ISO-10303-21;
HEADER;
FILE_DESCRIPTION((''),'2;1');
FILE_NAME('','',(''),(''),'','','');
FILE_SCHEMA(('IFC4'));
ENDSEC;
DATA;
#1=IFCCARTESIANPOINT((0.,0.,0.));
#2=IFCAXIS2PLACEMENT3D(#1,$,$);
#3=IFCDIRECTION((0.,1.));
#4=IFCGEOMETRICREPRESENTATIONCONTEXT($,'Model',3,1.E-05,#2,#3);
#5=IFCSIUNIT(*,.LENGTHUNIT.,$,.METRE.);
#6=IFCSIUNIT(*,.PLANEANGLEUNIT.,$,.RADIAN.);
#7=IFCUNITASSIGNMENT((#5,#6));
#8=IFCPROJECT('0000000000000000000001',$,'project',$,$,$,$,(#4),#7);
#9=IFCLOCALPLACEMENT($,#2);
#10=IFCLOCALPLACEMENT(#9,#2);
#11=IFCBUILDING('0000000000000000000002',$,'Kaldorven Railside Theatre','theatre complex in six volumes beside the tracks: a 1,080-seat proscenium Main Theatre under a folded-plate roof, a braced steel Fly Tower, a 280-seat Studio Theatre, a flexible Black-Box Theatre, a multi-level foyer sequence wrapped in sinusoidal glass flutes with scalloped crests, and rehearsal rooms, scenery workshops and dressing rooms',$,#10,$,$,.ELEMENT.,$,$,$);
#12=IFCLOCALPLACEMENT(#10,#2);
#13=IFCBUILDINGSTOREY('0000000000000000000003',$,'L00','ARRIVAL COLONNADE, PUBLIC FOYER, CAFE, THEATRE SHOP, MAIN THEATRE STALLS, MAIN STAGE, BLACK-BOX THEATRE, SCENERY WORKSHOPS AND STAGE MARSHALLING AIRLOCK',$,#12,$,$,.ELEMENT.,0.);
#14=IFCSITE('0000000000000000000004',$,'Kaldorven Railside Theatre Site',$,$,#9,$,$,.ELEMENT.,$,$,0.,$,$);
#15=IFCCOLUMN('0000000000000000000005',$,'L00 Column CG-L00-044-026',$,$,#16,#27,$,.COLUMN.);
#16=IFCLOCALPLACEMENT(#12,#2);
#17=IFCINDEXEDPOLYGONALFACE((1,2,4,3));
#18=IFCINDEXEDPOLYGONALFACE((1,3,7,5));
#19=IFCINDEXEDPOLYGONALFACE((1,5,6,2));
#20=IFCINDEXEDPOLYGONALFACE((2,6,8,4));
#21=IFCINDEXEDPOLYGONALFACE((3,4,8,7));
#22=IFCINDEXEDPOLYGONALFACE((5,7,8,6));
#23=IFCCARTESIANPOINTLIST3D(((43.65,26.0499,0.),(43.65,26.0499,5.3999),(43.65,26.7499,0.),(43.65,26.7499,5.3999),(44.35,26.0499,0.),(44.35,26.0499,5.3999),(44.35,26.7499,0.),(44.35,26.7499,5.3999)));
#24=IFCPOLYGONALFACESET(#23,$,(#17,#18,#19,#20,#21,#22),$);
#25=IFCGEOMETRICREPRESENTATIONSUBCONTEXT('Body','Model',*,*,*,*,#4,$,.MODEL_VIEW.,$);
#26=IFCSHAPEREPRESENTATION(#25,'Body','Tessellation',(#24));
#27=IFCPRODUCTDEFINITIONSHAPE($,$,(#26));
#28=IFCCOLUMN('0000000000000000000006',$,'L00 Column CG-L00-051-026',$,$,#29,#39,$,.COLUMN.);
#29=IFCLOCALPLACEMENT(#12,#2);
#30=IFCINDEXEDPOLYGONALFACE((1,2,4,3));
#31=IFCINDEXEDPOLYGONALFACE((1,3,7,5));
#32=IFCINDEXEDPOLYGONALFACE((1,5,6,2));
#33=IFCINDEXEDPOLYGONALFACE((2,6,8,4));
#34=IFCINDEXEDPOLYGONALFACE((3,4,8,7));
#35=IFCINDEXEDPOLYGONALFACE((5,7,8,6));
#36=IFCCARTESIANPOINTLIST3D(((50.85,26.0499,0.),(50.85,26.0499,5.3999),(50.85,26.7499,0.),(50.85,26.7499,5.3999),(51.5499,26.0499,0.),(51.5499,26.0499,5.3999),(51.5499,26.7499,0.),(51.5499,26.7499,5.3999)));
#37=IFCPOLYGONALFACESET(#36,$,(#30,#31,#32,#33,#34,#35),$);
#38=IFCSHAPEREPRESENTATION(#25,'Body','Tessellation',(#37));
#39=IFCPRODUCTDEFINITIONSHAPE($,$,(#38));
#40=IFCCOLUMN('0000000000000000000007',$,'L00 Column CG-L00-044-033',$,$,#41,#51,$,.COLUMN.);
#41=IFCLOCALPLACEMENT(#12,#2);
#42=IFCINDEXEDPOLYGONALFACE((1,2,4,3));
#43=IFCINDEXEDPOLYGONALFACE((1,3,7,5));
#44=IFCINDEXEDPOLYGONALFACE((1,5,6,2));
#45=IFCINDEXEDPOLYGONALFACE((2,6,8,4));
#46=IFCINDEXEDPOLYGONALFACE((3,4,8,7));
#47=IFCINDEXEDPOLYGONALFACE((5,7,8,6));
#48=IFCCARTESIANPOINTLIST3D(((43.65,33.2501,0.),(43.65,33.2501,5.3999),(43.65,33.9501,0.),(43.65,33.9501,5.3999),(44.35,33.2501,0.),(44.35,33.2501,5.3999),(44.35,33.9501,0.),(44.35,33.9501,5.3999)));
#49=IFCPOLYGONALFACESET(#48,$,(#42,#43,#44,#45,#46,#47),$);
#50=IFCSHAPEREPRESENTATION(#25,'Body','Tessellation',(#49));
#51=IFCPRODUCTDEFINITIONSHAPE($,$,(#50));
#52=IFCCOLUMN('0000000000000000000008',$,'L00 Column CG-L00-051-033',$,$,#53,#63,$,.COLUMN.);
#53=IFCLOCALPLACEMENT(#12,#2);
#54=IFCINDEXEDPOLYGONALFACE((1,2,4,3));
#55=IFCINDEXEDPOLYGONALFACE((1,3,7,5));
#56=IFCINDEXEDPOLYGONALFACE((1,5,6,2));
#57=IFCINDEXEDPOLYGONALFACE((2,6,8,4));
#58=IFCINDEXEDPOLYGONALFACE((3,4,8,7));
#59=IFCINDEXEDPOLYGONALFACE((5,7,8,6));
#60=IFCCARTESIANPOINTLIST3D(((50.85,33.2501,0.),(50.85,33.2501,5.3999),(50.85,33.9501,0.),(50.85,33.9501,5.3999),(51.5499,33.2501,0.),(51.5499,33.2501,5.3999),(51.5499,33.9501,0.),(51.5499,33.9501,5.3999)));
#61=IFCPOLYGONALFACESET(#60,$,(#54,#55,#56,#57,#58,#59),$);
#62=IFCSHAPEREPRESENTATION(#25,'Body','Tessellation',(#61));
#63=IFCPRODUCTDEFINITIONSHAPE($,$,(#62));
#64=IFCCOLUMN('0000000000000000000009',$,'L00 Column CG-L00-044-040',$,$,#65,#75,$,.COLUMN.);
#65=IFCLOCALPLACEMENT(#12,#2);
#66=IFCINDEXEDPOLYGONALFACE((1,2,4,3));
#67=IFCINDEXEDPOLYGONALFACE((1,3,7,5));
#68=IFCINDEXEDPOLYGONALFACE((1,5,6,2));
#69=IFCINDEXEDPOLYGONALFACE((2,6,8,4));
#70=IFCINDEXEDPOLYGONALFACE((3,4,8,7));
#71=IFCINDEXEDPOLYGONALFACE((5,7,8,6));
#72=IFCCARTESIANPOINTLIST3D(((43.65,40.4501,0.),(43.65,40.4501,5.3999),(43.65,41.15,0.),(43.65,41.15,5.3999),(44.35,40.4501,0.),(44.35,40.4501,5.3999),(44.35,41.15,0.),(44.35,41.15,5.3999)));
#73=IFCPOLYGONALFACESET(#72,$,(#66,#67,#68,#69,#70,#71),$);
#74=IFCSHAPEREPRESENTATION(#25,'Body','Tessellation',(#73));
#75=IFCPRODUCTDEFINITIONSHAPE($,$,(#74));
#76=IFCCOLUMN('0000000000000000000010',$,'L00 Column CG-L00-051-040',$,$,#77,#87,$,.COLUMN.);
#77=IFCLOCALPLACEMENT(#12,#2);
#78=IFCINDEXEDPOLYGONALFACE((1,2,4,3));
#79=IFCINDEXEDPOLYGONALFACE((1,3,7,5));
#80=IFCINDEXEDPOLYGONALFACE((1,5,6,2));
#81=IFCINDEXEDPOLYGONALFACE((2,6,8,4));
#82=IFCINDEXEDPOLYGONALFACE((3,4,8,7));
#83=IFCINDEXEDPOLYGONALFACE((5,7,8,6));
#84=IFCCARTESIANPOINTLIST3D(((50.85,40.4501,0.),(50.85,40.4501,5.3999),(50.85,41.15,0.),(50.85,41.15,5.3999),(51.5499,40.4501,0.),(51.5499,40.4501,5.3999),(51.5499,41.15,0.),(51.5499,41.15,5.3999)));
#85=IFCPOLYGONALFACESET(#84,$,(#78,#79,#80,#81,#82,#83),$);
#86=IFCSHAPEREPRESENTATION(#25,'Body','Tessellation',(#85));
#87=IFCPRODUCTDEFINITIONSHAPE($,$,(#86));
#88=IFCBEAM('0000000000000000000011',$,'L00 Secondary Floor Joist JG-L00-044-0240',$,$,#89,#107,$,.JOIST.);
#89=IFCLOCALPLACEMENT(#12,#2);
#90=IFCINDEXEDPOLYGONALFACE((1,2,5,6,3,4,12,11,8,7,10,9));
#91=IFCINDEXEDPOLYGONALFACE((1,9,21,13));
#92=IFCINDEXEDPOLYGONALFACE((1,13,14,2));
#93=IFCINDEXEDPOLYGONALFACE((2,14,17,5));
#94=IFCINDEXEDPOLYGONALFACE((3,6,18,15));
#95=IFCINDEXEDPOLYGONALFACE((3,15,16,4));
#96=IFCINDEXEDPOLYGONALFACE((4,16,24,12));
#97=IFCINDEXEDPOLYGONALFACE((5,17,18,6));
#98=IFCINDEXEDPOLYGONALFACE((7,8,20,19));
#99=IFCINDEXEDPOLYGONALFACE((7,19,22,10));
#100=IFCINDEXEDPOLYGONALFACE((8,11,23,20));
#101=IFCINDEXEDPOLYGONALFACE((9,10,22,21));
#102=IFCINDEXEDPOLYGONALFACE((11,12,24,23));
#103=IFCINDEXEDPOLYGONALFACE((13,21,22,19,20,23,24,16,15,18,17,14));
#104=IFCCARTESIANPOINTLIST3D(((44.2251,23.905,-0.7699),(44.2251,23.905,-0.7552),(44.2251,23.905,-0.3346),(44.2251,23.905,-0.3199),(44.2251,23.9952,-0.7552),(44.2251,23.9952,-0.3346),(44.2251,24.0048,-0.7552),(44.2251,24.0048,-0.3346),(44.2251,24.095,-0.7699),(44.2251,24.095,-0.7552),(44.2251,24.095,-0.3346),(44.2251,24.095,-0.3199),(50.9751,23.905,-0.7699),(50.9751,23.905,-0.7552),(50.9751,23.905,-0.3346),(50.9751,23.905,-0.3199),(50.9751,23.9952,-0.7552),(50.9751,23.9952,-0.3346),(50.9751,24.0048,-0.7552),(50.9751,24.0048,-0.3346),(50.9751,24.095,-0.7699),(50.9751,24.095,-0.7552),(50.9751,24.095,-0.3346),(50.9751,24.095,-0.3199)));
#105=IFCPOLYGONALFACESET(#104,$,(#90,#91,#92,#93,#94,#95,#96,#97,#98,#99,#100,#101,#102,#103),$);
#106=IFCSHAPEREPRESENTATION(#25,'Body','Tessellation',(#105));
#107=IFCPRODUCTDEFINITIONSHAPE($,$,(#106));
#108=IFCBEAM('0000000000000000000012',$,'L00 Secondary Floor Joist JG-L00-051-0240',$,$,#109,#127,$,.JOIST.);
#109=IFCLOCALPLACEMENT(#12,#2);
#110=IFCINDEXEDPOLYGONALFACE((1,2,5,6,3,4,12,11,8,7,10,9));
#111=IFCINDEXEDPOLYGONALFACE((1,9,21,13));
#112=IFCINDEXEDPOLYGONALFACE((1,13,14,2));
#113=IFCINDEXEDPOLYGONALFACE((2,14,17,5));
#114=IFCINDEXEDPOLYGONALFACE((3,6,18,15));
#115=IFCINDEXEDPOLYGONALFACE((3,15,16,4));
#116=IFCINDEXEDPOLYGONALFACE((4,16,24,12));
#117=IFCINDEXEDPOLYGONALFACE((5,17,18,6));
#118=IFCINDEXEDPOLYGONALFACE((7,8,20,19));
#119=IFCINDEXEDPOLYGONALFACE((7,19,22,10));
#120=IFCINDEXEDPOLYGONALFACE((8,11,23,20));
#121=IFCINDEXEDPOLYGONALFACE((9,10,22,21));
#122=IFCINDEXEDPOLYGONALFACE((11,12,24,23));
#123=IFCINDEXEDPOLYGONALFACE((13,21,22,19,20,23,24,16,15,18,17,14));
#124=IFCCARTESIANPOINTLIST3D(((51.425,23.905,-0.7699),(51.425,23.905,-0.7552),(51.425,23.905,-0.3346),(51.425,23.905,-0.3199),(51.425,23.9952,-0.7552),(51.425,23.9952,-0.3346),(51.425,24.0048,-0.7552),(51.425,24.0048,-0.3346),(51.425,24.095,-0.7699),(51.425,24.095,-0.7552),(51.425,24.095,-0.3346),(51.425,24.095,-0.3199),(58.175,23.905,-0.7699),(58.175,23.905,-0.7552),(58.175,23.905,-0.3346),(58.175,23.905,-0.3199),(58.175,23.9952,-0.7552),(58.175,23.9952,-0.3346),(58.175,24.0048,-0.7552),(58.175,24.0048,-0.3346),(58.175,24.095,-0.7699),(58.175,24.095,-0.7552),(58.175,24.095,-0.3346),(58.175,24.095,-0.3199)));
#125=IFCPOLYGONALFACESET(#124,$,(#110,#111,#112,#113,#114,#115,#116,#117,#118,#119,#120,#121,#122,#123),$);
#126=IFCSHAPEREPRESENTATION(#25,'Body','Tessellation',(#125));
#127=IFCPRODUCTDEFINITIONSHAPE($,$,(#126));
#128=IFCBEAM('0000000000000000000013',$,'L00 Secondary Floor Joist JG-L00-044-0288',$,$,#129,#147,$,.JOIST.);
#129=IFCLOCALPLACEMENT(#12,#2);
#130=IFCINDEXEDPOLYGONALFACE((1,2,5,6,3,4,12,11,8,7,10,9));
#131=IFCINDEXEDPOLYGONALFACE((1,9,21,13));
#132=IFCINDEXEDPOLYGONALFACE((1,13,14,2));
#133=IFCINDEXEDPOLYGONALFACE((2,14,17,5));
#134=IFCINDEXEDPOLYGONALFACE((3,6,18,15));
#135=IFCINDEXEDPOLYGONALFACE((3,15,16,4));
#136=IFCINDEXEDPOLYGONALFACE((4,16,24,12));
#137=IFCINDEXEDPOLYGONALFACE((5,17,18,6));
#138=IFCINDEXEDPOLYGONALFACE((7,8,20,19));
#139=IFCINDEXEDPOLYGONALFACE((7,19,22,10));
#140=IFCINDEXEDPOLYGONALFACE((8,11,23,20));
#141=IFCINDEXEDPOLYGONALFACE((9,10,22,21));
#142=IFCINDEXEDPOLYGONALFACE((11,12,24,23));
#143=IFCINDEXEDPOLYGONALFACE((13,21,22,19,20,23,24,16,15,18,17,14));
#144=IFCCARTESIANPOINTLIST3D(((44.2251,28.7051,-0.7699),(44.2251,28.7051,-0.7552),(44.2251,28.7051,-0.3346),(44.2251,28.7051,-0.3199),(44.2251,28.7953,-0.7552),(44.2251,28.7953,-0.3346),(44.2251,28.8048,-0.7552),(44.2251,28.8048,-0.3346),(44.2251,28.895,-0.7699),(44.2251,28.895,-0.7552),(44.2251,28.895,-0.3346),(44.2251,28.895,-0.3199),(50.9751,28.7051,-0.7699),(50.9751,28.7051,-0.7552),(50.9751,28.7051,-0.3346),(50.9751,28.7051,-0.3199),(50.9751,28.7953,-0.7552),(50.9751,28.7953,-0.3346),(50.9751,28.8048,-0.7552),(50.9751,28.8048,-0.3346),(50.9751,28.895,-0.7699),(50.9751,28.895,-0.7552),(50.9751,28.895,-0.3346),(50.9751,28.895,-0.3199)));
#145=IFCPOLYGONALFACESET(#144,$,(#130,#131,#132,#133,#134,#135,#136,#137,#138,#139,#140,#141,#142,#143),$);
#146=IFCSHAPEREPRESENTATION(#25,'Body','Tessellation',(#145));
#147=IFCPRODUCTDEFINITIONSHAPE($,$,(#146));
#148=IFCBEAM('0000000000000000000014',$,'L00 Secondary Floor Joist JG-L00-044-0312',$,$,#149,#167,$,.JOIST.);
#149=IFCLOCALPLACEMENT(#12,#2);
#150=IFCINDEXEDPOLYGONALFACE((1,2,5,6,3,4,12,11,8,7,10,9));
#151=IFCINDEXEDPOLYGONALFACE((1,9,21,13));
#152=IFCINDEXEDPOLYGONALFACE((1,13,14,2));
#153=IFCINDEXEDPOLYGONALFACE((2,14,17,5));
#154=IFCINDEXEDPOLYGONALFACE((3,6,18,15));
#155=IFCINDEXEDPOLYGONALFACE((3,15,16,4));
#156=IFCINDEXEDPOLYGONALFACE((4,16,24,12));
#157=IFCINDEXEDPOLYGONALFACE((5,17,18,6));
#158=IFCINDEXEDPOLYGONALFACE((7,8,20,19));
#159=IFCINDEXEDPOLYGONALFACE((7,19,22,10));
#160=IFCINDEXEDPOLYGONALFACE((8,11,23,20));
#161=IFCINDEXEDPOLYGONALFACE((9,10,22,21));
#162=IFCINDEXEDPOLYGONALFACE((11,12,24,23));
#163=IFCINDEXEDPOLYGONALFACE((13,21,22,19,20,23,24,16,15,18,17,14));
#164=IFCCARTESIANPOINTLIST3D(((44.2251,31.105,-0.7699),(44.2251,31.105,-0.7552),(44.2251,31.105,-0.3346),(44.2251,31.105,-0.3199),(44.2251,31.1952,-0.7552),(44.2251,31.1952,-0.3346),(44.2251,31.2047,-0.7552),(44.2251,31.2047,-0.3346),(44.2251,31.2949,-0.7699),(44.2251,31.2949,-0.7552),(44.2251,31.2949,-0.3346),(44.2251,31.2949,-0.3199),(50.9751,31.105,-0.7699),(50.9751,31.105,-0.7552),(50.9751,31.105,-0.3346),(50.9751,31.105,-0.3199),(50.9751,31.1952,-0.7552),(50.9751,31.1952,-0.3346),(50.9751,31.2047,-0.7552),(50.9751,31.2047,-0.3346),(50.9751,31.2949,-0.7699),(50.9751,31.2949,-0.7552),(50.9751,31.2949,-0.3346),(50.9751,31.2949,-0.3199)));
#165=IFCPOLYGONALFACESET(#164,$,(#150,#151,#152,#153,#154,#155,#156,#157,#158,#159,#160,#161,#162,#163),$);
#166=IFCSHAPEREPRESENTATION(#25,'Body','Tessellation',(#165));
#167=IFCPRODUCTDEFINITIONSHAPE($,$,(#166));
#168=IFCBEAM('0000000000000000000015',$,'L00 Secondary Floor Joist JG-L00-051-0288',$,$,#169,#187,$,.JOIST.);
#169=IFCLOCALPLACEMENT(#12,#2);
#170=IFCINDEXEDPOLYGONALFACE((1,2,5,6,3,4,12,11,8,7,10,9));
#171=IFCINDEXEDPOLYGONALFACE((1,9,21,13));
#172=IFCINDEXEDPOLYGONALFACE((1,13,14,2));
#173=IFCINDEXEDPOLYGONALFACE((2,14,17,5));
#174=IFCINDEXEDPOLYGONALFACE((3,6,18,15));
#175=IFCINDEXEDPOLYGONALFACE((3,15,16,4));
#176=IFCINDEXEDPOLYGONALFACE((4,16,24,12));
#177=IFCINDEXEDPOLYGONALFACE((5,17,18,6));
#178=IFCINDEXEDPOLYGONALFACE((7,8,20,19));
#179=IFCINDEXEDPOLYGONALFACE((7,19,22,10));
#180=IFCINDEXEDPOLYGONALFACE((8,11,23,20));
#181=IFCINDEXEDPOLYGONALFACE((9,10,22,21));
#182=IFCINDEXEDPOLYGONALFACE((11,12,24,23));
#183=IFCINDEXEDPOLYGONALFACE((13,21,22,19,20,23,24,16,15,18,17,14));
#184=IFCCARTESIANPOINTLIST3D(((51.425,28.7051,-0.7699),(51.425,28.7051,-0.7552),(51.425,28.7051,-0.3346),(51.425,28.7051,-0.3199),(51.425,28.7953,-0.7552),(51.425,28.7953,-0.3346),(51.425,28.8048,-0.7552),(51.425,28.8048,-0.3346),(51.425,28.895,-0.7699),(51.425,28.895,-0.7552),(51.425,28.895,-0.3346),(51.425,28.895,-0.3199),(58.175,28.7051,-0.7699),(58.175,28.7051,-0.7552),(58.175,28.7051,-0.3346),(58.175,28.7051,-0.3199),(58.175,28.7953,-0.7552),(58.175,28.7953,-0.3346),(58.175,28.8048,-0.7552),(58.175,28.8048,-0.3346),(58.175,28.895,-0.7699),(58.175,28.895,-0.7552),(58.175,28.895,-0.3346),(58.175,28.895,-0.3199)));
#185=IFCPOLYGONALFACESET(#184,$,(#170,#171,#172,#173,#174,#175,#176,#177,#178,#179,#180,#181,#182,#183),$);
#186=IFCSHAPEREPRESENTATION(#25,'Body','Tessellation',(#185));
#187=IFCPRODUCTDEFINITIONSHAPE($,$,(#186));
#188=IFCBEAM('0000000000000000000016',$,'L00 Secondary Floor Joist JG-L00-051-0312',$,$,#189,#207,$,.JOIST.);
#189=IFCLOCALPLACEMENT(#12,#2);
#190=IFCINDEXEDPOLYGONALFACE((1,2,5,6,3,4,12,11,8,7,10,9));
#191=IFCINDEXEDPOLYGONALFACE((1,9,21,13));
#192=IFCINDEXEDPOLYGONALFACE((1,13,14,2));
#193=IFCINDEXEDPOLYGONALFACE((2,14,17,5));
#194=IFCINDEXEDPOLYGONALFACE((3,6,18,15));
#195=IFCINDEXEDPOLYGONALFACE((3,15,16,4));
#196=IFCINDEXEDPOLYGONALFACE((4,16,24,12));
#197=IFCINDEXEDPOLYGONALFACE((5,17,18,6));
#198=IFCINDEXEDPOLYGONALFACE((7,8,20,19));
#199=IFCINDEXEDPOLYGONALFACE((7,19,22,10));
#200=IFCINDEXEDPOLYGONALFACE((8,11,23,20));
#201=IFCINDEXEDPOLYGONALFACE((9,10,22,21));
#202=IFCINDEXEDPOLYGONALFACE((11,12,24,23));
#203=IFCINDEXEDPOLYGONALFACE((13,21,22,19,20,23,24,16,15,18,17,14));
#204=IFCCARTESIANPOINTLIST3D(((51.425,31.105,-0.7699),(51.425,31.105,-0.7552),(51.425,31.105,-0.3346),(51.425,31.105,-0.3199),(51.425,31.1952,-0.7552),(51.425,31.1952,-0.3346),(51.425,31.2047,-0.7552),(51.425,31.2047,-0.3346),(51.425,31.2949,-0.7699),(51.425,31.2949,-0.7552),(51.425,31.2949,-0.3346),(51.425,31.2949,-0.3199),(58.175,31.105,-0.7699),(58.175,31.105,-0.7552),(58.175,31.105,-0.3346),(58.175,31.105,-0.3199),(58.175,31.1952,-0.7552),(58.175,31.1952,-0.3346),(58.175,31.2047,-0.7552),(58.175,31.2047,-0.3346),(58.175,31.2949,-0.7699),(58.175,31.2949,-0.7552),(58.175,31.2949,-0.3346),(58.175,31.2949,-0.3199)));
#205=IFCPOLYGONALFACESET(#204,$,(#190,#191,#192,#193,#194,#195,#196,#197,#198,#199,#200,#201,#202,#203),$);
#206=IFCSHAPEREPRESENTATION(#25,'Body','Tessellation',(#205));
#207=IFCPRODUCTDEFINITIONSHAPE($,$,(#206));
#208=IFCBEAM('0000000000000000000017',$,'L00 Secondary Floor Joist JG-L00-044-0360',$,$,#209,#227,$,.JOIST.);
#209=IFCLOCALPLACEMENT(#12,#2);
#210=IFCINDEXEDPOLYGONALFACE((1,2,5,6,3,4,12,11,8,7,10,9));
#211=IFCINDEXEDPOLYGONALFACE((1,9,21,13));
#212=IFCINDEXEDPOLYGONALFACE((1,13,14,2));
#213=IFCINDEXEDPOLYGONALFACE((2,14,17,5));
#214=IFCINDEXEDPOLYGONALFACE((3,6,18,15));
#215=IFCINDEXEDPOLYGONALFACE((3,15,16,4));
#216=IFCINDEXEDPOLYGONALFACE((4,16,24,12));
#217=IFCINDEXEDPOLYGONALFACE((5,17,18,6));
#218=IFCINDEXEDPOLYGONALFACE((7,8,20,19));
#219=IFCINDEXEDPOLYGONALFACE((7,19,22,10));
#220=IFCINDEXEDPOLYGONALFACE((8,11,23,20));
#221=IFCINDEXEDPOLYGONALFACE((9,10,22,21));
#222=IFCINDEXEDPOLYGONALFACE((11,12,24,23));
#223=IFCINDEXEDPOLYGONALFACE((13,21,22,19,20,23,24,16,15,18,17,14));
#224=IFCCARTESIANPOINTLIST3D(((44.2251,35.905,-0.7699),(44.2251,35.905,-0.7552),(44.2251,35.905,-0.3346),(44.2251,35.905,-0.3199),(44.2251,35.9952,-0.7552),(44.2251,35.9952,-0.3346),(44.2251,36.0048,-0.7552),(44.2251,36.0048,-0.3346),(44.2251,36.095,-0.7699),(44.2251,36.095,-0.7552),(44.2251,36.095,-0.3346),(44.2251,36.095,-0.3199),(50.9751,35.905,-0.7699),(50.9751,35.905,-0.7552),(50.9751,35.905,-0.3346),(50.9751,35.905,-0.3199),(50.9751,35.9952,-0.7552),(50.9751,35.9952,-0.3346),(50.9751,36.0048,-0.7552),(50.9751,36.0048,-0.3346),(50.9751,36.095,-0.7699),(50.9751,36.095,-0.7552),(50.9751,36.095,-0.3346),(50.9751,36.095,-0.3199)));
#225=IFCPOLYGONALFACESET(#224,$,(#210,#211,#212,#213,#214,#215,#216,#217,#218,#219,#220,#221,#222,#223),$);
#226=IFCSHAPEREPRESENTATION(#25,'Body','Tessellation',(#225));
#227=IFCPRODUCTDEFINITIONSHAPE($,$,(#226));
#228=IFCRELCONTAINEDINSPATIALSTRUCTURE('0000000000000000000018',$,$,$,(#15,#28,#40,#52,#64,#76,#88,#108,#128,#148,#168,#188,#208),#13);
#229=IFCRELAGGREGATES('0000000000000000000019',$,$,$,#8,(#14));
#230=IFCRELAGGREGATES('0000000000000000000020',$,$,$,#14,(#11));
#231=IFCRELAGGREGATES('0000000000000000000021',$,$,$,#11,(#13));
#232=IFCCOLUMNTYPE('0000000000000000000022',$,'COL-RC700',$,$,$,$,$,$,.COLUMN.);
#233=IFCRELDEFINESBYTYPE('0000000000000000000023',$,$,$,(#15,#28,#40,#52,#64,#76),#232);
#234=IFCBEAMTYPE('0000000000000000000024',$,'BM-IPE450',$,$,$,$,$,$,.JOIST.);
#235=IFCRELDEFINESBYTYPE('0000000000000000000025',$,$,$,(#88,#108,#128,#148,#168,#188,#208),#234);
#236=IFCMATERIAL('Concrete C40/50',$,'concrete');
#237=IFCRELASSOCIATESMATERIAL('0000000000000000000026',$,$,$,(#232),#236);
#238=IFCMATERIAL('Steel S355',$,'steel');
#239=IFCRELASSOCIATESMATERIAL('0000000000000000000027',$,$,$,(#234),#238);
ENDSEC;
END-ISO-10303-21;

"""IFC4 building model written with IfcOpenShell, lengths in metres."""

from ifc_helpers import new_model, si_unit, direction, frame, origin, origin_2d, place, context, subcontext, project, spatial, rectangle, i_section, extrude, material, material_profile, profile_set, type_object, element, save


model = new_model("IFC4")

# Units and contexts
model_context = context("Model", 3, precision=1e-05, world=origin(), true_north=direction((0.0, 1.0)))
body_context = subcontext(model_context, "Body", "Model", "MODEL_VIEW")
ifc_project = project(units=[si_unit("LENGTHUNIT", "METRE"), si_unit("PLANEANGLEUNIT", "RADIAN")], contexts=[model_context])

# Site, building, storey
site_placement = place(None, origin())
site = spatial("IfcSite", under=ifc_project, at=site_placement, Name="Kaldorven Railside Theatre Site", CompositionType="ELEMENT", RefElevation=0.0)
building_placement = place(site_placement, origin())
building = spatial("IfcBuilding", under=site, at=building_placement, Name="Kaldorven Railside Theatre", Description="theatre complex in six volumes beside the tracks: a 1,080-seat proscenium Main Theatre under a folded-plate roof, a braced steel Fly Tower, a 280-seat Studio Theatre, a flexible Black-Box Theatre, a multi-level foyer sequence wrapped in sinusoidal glass flutes with scalloped crests, and rehearsal rooms, scenery workshops and dressing rooms", CompositionType="ELEMENT")
storey_placement = place(building_placement, origin())
storey = spatial("IfcBuildingStorey", under=building, at=storey_placement, Name="L00", Description="ARRIVAL COLONNADE, PUBLIC FOYER, CAFE, THEATRE SHOP, MAIN THEATRE STALLS, MAIN STAGE, BLACK-BOX THEATRE, SCENERY WORKSHOPS AND STAGE MARSHALLING AIRLOCK", CompositionType="ELEMENT", Elevation=0.0)

# Columns
ifc_material_1 = material(Name="Concrete C40/50", Category="concrete")
ifc_material_profile_1 = material_profile(ifc_material_1, rectangle(XDim=0.7, YDim=0.7, at=origin_2d()), Name="RC 700x700")
ifc_profile_set_1 = profile_set([ifc_material_profile_1], Name="Concrete C40/50")
column_type = type_object("IfcColumnType", Name="COL-RC700", PredefinedType="COLUMN", material=ifc_profile_set_1)
for number, where, z_axis, x_axis, name in (
    (1, (44.0, 26.3999, 0.0), (0.0, 0.0, 1.0), (1.0, 0.0, 0.0), "L00 Column CG-L00-044-026"),
    (2, (51.2, 26.3999, 0.0), (0.0, 0.0, 1.0), (0.0, 1.0, 0.0), "L00 Column CG-L00-051-026"),
    (3, (44.0, 33.6001, 0.0), (0.0, 0.0, 1.0), (0.0, 1.0, 0.0), "L00 Column CG-L00-044-033"),
    (4, (51.2, 33.6001, 0.0), (0.0, 0.0, 1.0), (1.0, 0.0, 0.0), "L00 Column CG-L00-051-033"),
    (5, (44.0, 40.8, 0.0), (0.0, 0.0, 1.0), (1.0, 0.0, 0.0), "L00 Column CG-L00-044-040"),
    (6, (51.2, 40.8, 0.0), (0.0, 0.0, 1.0), (1.0, 0.0, 0.0), "L00 Column CG-L00-051-040"),
):
    element("IfcColumn", number, at=place(storey_placement, frame(where, z_axis=z_axis, x_axis=x_axis)), inside=storey, type_object=column_type, Name=name, PredefinedType="COLUMN", context=body_context, shape_type="SweptSolid", body=[
        extrude(rectangle(XDim=0.7, YDim=0.7, at=origin_2d()), origin(), (0.0, 0.0, 1.0), 5.3999),
    ])

# Beams
ifc_material_2 = material(Name="Steel S355", Category="steel")
ifc_material_profile_2 = material_profile(ifc_material_2, i_section(OverallWidth=0.1899, OverallDepth=0.45, WebThickness=0.0095, FlangeThickness=0.0146, at=origin_2d()), Name="IPE 450")
ifc_profile_set_2 = profile_set([ifc_material_profile_2], Name="Steel S355")
beam_type_1 = type_object("IfcBeamType", Name="BM-IPE450", PredefinedType="JOIST", material=ifc_profile_set_2)
for number, where, z_axis, x_axis, name in (
    (7, (44.2251, 24.0, -0.5449), (1.0, 0.0, 0.0), (0.0, 1.0, 0.0), "L00 Secondary Floor Joist JG-L00-044-0240"),
    (8, (51.425, 24.0, -0.5449), (1.0, 0.0, 0.0), (0.0, 1.0, 0.0), "L00 Secondary Floor Joist JG-L00-051-0240"),
    (9, (44.2251, 28.8, -0.5449), (1.0, 0.0, 0.0), (0.0, 1.0, 0.0), "L00 Secondary Floor Joist JG-L00-044-0288"),
    (10, (44.2251, 31.2, -0.5449), (1.0, 0.0, 0.0), (0.0, 1.0, 0.0), "L00 Secondary Floor Joist JG-L00-044-0312"),
    (11, (51.425, 28.8, -0.5449), (1.0, 0.0, 0.0), (0.0, 1.0, 0.0), "L00 Secondary Floor Joist JG-L00-051-0288"),
    (12, (51.425, 31.2, -0.5449), (1.0, 0.0, 0.0), (0.0, 1.0, 0.0), "L00 Secondary Floor Joist JG-L00-051-0312"),
    (13, (44.2251, 36.0, -0.5449), (1.0, 0.0, 0.0), (0.0, 1.0, 0.0), "L00 Secondary Floor Joist JG-L00-044-0360"),
):
    element("IfcBeam", number, at=place(storey_placement, frame(where, z_axis=z_axis, x_axis=x_axis)), inside=storey, type_object=beam_type_1, Name=name, PredefinedType="JOIST", context=body_context, shape_type="SweptSolid", body=[
        extrude(i_section(OverallWidth=0.1899, OverallDepth=0.45, WebThickness=0.0095, FlangeThickness=0.0146, at=origin_2d()), origin(), (0.0, 0.0, 1.0), 6.75),
    ])

save(model, "model.ifc")
